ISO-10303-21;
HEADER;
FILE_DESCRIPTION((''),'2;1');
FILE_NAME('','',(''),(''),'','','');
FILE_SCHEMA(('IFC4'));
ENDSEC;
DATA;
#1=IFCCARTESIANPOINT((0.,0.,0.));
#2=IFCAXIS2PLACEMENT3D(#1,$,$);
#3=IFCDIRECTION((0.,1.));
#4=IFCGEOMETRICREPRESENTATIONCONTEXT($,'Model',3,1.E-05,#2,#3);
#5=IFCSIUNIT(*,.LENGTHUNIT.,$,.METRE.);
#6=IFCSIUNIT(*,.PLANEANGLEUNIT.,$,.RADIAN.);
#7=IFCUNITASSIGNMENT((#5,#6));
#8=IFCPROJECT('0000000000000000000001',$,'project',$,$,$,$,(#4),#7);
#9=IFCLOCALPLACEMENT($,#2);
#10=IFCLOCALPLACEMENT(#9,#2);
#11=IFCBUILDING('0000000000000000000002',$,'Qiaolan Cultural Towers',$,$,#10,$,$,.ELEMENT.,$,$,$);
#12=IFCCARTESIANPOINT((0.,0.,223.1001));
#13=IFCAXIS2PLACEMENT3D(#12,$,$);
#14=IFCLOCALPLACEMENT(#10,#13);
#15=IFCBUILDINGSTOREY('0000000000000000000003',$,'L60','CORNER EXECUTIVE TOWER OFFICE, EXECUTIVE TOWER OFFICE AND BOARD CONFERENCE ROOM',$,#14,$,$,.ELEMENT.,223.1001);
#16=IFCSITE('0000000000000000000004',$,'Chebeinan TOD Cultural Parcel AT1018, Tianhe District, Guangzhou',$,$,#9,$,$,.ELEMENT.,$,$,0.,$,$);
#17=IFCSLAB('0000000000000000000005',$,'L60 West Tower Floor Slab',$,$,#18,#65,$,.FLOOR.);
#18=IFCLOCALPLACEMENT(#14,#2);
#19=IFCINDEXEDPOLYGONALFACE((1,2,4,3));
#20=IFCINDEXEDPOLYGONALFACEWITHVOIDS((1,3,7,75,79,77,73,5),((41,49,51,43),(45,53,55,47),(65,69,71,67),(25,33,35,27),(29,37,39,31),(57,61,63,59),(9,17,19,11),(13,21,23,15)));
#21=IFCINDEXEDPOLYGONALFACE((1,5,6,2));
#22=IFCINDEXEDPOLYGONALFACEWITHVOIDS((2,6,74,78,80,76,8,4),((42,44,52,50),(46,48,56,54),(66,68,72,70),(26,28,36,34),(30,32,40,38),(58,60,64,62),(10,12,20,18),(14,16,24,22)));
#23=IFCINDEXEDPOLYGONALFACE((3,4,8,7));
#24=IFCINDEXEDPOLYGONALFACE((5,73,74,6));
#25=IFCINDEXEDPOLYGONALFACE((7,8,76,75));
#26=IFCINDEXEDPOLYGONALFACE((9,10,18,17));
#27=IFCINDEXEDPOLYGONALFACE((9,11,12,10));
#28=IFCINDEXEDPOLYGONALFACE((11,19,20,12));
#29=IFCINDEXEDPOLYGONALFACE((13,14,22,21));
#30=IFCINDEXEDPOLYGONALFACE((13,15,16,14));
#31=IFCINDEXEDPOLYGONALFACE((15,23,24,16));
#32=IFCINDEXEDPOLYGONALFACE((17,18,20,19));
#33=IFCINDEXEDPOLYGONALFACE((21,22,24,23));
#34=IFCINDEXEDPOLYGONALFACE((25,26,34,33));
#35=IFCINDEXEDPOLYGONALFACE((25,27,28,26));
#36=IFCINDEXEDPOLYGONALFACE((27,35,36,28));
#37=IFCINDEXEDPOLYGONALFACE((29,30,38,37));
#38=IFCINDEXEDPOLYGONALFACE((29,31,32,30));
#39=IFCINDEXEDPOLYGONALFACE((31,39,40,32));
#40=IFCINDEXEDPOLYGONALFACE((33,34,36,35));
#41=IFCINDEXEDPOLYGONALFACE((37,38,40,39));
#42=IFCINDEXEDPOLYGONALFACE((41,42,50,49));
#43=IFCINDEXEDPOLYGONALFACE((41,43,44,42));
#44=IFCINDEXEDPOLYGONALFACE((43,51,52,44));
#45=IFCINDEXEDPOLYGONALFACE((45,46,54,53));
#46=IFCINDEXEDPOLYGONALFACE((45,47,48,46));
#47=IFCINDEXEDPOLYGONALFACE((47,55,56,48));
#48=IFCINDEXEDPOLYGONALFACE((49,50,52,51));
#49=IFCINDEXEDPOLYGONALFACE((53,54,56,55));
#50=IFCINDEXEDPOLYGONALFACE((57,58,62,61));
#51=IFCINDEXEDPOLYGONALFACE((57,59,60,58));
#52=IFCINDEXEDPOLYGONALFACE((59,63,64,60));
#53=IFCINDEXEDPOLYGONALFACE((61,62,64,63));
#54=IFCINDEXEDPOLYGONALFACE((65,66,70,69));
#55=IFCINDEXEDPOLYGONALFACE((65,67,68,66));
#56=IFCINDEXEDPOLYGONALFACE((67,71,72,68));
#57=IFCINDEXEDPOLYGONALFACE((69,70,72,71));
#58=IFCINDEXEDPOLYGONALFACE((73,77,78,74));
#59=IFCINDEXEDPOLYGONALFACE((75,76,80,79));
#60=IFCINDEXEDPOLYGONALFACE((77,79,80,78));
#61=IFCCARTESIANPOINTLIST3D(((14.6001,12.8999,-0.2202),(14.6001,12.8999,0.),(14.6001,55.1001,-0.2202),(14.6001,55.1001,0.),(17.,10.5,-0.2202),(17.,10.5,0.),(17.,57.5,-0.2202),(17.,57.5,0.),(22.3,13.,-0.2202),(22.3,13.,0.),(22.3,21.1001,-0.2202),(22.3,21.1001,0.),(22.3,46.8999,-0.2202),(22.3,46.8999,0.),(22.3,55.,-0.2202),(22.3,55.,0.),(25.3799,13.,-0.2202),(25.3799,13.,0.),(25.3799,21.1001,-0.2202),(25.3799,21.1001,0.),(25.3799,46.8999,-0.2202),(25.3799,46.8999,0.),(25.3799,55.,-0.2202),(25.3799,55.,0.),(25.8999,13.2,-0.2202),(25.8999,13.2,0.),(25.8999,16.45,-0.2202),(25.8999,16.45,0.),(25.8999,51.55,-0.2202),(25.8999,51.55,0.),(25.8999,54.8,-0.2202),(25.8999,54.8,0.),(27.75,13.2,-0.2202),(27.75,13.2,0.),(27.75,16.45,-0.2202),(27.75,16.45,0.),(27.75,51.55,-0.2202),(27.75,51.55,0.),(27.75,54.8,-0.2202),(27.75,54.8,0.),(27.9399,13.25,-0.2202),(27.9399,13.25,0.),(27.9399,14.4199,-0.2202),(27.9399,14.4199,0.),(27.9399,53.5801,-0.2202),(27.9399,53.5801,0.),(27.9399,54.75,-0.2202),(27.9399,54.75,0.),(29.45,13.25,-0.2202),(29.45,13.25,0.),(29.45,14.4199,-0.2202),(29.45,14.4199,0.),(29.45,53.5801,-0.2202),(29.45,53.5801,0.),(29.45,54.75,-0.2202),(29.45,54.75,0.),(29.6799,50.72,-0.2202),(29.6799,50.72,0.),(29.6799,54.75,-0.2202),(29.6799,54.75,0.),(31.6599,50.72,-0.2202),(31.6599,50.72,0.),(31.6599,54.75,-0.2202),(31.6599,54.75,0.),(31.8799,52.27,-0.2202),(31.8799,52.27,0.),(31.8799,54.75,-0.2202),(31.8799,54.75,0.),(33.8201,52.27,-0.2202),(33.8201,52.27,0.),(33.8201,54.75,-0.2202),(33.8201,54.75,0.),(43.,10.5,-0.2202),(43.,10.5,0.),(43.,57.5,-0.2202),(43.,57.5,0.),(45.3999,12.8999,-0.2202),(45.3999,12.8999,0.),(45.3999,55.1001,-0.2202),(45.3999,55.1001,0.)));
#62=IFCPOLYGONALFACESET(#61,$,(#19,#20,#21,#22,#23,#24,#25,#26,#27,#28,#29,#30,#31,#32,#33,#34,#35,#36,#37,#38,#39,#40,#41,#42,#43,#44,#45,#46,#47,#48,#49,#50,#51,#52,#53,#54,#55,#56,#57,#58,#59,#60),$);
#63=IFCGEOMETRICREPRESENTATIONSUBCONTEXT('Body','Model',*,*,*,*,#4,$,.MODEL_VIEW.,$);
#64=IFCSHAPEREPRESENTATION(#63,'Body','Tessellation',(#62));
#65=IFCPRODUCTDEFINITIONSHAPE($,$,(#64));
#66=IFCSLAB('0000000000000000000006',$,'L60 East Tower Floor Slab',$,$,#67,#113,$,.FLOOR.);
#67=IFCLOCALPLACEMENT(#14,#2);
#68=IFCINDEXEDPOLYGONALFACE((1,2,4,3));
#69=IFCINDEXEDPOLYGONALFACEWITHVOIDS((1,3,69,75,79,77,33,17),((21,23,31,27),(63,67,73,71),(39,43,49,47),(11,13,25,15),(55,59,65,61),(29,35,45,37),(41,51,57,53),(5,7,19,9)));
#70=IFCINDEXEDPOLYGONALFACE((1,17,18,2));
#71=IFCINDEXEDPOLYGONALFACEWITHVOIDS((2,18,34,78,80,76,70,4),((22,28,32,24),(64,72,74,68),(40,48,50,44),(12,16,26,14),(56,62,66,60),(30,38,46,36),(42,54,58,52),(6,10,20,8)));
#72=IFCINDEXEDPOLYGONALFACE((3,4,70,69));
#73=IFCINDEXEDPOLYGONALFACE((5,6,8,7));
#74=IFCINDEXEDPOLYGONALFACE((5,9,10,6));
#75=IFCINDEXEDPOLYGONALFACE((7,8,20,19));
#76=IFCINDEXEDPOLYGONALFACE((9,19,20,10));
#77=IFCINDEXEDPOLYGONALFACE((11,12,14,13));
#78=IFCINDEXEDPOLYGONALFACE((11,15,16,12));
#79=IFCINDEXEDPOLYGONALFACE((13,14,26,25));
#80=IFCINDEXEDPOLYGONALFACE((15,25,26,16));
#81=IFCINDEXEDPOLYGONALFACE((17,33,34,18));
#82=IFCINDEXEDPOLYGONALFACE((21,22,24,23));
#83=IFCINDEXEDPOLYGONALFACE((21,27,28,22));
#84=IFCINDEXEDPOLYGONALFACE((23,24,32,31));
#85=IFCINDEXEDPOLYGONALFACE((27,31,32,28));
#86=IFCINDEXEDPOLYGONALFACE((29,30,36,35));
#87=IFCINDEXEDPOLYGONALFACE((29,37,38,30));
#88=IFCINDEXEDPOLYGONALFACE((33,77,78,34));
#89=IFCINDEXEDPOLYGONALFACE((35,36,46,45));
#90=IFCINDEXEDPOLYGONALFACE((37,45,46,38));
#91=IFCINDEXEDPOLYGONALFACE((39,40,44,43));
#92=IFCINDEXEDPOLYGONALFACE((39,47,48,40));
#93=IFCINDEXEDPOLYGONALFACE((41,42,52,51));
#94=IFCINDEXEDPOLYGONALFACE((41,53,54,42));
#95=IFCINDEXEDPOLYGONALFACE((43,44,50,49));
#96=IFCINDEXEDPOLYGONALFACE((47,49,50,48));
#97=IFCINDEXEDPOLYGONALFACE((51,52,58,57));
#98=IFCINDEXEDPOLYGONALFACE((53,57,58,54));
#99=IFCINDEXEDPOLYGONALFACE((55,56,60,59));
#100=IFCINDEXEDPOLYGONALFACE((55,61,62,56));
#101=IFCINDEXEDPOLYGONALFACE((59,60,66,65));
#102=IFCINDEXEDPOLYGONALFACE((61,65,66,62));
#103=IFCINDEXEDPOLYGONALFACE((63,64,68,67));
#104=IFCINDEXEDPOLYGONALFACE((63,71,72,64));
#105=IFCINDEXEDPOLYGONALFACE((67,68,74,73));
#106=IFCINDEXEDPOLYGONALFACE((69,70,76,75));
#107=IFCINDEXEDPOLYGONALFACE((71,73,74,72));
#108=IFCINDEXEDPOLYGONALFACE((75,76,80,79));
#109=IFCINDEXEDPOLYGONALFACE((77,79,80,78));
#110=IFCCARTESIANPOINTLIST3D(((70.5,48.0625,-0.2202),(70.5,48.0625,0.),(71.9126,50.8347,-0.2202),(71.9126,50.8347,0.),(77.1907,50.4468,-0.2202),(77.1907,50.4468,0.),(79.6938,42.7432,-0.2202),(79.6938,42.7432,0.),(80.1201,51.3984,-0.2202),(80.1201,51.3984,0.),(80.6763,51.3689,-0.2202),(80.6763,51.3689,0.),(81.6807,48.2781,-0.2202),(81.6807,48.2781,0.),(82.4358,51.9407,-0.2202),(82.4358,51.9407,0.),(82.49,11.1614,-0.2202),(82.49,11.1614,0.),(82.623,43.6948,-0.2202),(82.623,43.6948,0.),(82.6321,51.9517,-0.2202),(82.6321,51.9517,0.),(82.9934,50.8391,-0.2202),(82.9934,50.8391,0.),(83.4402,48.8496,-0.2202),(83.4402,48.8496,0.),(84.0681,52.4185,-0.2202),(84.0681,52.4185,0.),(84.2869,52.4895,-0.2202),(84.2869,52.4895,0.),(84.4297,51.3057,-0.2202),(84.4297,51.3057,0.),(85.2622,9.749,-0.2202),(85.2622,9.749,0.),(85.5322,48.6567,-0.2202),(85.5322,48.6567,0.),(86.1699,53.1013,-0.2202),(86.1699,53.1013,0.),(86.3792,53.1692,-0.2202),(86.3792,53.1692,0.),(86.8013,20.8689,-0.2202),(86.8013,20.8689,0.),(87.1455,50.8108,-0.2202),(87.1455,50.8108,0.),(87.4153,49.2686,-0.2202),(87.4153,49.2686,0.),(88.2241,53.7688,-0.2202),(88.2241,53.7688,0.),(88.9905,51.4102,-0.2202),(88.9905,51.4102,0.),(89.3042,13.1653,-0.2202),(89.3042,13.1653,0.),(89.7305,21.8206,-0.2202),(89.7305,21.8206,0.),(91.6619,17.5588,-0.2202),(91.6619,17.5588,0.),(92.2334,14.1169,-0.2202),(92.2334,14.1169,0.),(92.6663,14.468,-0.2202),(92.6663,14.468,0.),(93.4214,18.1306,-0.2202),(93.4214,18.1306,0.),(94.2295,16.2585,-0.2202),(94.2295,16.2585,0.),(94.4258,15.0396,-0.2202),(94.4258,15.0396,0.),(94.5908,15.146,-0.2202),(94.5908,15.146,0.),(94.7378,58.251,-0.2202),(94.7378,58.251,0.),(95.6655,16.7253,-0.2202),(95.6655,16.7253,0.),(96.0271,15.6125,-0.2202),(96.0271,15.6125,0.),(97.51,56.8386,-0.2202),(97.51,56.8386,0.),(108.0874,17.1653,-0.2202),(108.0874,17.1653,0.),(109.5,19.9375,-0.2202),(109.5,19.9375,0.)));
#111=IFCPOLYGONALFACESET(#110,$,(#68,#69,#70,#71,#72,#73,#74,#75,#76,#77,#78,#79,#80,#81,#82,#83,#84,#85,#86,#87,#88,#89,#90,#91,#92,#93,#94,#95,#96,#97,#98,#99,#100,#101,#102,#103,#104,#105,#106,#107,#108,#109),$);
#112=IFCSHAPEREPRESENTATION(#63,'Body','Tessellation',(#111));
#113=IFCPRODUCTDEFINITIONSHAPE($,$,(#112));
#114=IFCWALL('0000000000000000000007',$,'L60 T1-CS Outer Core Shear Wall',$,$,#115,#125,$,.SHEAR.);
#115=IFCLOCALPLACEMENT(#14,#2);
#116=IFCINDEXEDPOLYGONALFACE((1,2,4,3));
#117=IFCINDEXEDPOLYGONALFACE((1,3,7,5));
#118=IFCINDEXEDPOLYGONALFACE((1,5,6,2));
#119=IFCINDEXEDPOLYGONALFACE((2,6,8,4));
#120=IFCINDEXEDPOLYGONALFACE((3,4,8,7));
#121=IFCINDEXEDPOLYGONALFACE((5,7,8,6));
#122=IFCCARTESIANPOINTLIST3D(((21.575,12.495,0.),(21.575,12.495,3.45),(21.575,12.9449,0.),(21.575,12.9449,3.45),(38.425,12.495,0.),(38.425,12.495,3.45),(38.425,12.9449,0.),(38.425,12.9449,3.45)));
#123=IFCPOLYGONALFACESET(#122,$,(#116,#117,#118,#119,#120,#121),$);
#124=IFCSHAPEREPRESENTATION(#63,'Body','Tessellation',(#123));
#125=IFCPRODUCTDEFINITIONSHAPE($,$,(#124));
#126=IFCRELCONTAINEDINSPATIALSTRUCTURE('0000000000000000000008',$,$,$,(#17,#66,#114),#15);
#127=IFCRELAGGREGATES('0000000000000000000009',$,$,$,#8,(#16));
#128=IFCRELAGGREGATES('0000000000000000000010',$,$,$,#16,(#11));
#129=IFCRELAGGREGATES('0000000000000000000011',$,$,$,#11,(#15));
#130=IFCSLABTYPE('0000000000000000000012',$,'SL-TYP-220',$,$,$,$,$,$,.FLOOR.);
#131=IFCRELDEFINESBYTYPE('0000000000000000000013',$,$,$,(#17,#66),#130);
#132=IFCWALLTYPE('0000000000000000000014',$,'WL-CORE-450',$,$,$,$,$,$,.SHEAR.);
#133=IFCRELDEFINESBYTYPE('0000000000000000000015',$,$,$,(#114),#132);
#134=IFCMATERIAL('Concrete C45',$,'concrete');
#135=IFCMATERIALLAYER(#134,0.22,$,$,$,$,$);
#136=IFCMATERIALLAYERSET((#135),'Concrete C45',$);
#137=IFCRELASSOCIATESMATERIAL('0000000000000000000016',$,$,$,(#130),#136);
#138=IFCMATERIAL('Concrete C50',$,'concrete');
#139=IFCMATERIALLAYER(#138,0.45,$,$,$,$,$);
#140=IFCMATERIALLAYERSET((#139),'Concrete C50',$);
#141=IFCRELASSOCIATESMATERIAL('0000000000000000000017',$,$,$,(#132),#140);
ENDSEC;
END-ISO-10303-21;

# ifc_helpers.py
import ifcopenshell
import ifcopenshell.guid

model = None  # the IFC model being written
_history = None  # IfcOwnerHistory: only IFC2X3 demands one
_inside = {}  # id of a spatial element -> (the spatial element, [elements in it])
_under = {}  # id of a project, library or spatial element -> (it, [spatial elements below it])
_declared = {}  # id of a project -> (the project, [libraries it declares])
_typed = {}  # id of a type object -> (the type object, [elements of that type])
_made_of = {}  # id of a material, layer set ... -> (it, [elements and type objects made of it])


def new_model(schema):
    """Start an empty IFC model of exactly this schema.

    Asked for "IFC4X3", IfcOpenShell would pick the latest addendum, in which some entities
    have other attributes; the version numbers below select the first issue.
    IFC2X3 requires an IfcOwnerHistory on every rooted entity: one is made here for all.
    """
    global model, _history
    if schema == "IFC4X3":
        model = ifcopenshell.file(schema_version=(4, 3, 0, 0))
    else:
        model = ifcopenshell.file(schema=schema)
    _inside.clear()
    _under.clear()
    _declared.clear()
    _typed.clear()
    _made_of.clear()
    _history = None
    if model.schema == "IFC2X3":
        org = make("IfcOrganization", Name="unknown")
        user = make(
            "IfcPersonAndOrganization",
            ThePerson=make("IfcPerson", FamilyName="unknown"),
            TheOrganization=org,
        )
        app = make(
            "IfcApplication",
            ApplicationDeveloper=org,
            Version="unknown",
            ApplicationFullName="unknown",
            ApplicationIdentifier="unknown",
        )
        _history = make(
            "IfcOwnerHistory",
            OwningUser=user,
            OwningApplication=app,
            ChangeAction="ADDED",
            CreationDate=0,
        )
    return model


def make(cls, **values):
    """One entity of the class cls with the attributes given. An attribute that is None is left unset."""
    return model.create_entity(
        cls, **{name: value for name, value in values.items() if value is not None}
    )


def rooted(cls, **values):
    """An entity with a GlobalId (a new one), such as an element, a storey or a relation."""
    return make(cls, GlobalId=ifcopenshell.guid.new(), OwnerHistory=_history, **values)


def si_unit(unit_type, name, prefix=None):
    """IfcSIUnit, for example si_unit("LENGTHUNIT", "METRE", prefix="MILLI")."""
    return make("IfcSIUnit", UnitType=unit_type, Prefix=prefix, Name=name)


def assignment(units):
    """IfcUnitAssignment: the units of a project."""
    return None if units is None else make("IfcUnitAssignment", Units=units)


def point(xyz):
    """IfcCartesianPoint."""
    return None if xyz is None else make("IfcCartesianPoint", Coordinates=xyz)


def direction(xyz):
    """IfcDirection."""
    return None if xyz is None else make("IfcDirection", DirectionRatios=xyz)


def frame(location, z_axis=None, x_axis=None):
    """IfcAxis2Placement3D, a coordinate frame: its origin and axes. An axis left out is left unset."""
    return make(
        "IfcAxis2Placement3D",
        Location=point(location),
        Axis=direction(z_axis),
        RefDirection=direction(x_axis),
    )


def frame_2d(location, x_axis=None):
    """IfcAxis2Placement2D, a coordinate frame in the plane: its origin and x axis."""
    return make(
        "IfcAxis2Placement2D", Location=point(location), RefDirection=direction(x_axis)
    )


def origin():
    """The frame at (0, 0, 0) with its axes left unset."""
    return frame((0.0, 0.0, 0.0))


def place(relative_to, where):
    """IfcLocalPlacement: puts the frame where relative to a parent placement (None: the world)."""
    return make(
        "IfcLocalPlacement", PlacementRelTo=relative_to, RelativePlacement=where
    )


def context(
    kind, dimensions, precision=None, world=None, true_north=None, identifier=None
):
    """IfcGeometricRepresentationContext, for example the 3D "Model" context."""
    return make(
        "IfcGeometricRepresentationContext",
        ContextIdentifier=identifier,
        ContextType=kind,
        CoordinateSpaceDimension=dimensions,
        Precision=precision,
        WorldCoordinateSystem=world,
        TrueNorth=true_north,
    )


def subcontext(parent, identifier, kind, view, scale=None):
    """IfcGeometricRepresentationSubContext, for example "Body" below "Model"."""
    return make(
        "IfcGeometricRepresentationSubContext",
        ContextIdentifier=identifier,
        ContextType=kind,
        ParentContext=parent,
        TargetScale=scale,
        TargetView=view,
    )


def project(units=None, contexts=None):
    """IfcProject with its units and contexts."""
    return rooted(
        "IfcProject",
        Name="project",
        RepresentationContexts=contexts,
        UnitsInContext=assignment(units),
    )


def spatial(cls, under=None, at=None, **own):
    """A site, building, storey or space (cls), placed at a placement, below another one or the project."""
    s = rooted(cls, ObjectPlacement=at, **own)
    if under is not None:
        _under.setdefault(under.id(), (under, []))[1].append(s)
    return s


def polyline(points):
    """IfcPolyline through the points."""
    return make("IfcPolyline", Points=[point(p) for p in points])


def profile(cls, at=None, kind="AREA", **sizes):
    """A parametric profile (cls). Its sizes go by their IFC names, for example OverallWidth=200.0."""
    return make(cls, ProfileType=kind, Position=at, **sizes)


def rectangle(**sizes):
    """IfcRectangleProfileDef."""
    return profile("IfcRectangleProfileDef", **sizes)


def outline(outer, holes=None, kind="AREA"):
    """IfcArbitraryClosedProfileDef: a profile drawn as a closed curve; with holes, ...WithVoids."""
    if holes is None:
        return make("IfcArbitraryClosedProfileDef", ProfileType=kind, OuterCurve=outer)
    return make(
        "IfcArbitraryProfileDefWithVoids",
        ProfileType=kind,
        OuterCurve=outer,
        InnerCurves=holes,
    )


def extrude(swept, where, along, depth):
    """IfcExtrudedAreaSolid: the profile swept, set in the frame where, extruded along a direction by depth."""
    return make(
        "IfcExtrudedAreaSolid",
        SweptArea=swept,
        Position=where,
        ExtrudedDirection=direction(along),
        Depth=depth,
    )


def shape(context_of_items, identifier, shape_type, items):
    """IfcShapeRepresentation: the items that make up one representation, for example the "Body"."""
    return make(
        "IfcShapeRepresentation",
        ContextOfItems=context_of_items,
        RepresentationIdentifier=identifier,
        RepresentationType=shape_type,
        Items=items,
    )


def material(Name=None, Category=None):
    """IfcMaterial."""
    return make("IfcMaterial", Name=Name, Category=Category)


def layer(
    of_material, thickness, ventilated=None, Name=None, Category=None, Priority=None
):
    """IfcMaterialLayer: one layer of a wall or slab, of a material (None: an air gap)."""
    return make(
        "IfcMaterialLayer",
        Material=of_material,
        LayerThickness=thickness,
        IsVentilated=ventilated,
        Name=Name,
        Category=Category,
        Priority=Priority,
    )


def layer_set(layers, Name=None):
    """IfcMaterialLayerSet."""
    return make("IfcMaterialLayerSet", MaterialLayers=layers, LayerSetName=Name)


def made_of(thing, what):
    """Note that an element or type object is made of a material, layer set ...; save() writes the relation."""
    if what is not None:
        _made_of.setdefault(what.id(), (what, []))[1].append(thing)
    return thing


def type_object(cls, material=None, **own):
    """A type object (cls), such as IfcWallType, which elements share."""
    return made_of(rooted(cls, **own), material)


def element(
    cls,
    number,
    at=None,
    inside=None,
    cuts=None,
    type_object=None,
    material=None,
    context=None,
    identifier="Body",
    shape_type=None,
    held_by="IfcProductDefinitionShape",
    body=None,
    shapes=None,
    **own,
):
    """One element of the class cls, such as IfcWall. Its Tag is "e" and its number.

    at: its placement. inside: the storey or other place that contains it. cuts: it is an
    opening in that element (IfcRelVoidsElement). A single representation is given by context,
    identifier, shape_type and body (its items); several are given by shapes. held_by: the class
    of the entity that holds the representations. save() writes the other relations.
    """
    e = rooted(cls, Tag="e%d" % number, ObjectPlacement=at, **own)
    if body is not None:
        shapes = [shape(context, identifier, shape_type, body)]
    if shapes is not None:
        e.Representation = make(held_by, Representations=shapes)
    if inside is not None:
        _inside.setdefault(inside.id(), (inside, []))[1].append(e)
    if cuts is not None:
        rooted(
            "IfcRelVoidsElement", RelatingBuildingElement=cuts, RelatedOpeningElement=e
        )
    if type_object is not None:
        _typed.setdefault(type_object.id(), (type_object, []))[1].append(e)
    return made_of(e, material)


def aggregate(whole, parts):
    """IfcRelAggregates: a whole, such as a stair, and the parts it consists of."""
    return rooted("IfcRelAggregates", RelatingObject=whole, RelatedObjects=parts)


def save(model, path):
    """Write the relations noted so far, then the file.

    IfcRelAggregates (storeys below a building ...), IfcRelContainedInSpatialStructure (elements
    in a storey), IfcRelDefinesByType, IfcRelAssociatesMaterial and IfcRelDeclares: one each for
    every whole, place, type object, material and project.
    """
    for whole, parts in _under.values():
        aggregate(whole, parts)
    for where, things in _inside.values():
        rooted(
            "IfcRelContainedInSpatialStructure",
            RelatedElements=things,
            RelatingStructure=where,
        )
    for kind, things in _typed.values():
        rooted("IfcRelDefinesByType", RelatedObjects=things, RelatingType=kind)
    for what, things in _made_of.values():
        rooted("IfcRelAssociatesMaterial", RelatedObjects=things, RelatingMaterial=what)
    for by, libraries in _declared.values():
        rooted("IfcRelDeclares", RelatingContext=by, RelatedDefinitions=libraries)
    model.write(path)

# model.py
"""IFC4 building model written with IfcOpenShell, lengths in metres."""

from ifc_helpers import new_model, si_unit, direction, frame, frame_2d, origin, place, context, subcontext, project, spatial, polyline, rectangle, outline, extrude, material, layer, layer_set, type_object, element, save


model = new_model("IFC4")

# Units and contexts
model_context = context("Model", 3, precision=1e-05, world=origin(), true_north=direction((0.0, 1.0)))
body_context = subcontext(model_context, "Body", "Model", "MODEL_VIEW")
ifc_project = project(units=[si_unit("LENGTHUNIT", "METRE"), si_unit("PLANEANGLEUNIT", "RADIAN")], contexts=[model_context])

# Site, building, storey
site_placement = place(None, origin())
site = spatial("IfcSite", under=ifc_project, at=site_placement, Name="Chebeinan TOD Cultural Parcel AT1018, Tianhe District, Guangzhou", CompositionType="ELEMENT", RefElevation=0.0)
building_placement = place(site_placement, origin())
building = spatial("IfcBuilding", under=site, at=building_placement, Name="Qiaolan Cultural Towers", CompositionType="ELEMENT")
storey_placement = place(building_placement, frame((0.0, 0.0, 223.1001)))
storey = spatial("IfcBuildingStorey", under=building, at=storey_placement, Name="L60", Description="CORNER EXECUTIVE TOWER OFFICE, EXECUTIVE TOWER OFFICE AND BOARD CONFERENCE ROOM", CompositionType="ELEMENT", Elevation=223.1001)

# Slabs
ifc_material_1 = material(Name="Concrete C45", Category="concrete")
ifc_layer_1 = layer(ifc_material_1, 0.22)
ifc_layer_set_1 = layer_set([ifc_layer_1], Name="Concrete C45")
slab_type_1 = type_object("IfcSlabType", Name="SL-TYP-220", PredefinedType="FLOOR", material=ifc_layer_set_1)
slab_1_placement = place(storey_placement, frame((0.0, 0.0, -0.2202)))
element("IfcSlab", 1, at=slab_1_placement, inside=storey, type_object=slab_type_1, Name="L60 West Tower Floor Slab", PredefinedType="FLOOR", context=body_context, shape_type="SweptSolid", body=[
    extrude(outline(polyline([(17.0, 10.5), (43.0, 10.5), (45.3999, 12.8999), (45.3999, 55.1001), (43.0, 57.5), (17.0, 57.5), (14.6001, 55.1001), (14.6001, 12.8999), (17.0, 10.5)]), holes=[polyline([(22.3, 21.1001), (22.3, 13.0), (25.3799, 13.0), (25.3799, 21.1001), (22.3, 21.1001)]), polyline([(25.3799, 46.8999), (25.3799, 55.0), (22.3, 55.0), (22.3, 46.8999), (25.3799, 46.8999)]), polyline([(25.8999, 13.2), (27.75, 13.2), (27.75, 16.45), (25.8999, 16.45), (25.8999, 13.2)]), polyline([(27.9399, 13.25), (29.45, 13.25), (29.45, 14.4199), (27.9399, 14.4199), (27.9399, 13.25)]), polyline([(25.8999, 51.55), (27.75, 51.55), (27.75, 54.8), (25.8999, 54.8), (25.8999, 51.55)]), polyline([(27.9399, 53.5801), (29.45, 53.5801), (29.45, 54.75), (27.9399, 54.75), (27.9399, 53.5801)]), polyline([(31.8799, 52.27), (33.8201, 52.27), (33.8201, 54.75), (31.8799, 54.75), (31.8799, 52.27)]), polyline([(29.6799, 50.72), (31.6599, 50.72), (31.6599, 54.75), (29.6799, 54.75), (29.6799, 50.72)])]), origin(), (0.0, 0.0, 1.0), 0.2202),
])
slab_2_placement = place(storey_placement, frame((0.0, 0.0, -0.2202)))
element("IfcSlab", 2, at=slab_2_placement, inside=storey, type_object=slab_type_1, Name="L60 East Tower Floor Slab", PredefinedType="FLOOR", context=body_context, shape_type="SweptSolid", body=[
    extrude(outline(polyline([(85.2622, 9.749), (108.0874, 17.1653), (109.5, 19.9375), (97.51, 56.8386), (94.7378, 58.251), (71.9126, 50.8347), (70.5, 48.0625), (82.49, 11.1614), (85.2622, 9.749)]), holes=[polyline([(86.8013, 20.8689), (89.3042, 13.1653), (92.2334, 14.1169), (89.7305, 21.8206), (86.8013, 20.8689)]), polyline([(82.623, 43.6948), (80.1201, 51.3984), (77.1907, 50.4468), (79.6938, 42.7432), (82.623, 43.6948)]), polyline([(92.6663, 14.468), (94.4258, 15.0396), (93.4214, 18.1306), (91.6619, 17.5588), (92.6663, 14.468)]), polyline([(94.5908, 15.146), (96.0271, 15.6125), (95.6655, 16.7253), (94.2295, 16.2585), (94.5908, 15.146)]), polyline([(81.6807, 48.2781), (83.4402, 48.8496), (82.4358, 51.9407), (80.6763, 51.3689), (81.6807, 48.2781)]), polyline([(82.9934, 50.8391), (84.4297, 51.3057), (84.0681, 52.4185), (82.6321, 51.9517), (82.9934, 50.8391)]), polyline([(87.1455, 50.8108), (88.9905, 51.4102), (88.2241, 53.7688), (86.3792, 53.1692), (87.1455, 50.8108)]), polyline([(85.5322, 48.6567), (87.4153, 49.2686), (86.1699, 53.1013), (84.2869, 52.4895), (85.5322, 48.6567)])]), origin(), (0.0, 0.0, 1.0), 0.2202),
])

# Wall
ifc_material_2 = material(Name="Concrete C50", Category="concrete")
ifc_layer_2 = layer(ifc_material_2, 0.45)
ifc_layer_set_2 = layer_set([ifc_layer_2], Name="Concrete C50")
wall_type_1 = type_object("IfcWallType", Name="WL-CORE-450", PredefinedType="SHEAR", material=ifc_layer_set_2)
wall_1_placement = place(storey_placement, frame((21.575, 12.72, 0.0), z_axis=(0.0, 0.0, 1.0), x_axis=(1.0, 0.0, 0.0)))
element("IfcWall", 3, at=wall_1_placement, inside=storey, type_object=wall_type_1, Name="L60 T1-CS Outer Core Shear Wall", PredefinedType="SHEAR", context=body_context, shape_type="SweptSolid", body=[
    extrude(rectangle(XDim=16.8501, YDim=0.45, at=frame_2d((8.425, 0.0))), origin(), (0.0, 0.0, 1.0), 3.45),
])

save(model, "model.ifc")
